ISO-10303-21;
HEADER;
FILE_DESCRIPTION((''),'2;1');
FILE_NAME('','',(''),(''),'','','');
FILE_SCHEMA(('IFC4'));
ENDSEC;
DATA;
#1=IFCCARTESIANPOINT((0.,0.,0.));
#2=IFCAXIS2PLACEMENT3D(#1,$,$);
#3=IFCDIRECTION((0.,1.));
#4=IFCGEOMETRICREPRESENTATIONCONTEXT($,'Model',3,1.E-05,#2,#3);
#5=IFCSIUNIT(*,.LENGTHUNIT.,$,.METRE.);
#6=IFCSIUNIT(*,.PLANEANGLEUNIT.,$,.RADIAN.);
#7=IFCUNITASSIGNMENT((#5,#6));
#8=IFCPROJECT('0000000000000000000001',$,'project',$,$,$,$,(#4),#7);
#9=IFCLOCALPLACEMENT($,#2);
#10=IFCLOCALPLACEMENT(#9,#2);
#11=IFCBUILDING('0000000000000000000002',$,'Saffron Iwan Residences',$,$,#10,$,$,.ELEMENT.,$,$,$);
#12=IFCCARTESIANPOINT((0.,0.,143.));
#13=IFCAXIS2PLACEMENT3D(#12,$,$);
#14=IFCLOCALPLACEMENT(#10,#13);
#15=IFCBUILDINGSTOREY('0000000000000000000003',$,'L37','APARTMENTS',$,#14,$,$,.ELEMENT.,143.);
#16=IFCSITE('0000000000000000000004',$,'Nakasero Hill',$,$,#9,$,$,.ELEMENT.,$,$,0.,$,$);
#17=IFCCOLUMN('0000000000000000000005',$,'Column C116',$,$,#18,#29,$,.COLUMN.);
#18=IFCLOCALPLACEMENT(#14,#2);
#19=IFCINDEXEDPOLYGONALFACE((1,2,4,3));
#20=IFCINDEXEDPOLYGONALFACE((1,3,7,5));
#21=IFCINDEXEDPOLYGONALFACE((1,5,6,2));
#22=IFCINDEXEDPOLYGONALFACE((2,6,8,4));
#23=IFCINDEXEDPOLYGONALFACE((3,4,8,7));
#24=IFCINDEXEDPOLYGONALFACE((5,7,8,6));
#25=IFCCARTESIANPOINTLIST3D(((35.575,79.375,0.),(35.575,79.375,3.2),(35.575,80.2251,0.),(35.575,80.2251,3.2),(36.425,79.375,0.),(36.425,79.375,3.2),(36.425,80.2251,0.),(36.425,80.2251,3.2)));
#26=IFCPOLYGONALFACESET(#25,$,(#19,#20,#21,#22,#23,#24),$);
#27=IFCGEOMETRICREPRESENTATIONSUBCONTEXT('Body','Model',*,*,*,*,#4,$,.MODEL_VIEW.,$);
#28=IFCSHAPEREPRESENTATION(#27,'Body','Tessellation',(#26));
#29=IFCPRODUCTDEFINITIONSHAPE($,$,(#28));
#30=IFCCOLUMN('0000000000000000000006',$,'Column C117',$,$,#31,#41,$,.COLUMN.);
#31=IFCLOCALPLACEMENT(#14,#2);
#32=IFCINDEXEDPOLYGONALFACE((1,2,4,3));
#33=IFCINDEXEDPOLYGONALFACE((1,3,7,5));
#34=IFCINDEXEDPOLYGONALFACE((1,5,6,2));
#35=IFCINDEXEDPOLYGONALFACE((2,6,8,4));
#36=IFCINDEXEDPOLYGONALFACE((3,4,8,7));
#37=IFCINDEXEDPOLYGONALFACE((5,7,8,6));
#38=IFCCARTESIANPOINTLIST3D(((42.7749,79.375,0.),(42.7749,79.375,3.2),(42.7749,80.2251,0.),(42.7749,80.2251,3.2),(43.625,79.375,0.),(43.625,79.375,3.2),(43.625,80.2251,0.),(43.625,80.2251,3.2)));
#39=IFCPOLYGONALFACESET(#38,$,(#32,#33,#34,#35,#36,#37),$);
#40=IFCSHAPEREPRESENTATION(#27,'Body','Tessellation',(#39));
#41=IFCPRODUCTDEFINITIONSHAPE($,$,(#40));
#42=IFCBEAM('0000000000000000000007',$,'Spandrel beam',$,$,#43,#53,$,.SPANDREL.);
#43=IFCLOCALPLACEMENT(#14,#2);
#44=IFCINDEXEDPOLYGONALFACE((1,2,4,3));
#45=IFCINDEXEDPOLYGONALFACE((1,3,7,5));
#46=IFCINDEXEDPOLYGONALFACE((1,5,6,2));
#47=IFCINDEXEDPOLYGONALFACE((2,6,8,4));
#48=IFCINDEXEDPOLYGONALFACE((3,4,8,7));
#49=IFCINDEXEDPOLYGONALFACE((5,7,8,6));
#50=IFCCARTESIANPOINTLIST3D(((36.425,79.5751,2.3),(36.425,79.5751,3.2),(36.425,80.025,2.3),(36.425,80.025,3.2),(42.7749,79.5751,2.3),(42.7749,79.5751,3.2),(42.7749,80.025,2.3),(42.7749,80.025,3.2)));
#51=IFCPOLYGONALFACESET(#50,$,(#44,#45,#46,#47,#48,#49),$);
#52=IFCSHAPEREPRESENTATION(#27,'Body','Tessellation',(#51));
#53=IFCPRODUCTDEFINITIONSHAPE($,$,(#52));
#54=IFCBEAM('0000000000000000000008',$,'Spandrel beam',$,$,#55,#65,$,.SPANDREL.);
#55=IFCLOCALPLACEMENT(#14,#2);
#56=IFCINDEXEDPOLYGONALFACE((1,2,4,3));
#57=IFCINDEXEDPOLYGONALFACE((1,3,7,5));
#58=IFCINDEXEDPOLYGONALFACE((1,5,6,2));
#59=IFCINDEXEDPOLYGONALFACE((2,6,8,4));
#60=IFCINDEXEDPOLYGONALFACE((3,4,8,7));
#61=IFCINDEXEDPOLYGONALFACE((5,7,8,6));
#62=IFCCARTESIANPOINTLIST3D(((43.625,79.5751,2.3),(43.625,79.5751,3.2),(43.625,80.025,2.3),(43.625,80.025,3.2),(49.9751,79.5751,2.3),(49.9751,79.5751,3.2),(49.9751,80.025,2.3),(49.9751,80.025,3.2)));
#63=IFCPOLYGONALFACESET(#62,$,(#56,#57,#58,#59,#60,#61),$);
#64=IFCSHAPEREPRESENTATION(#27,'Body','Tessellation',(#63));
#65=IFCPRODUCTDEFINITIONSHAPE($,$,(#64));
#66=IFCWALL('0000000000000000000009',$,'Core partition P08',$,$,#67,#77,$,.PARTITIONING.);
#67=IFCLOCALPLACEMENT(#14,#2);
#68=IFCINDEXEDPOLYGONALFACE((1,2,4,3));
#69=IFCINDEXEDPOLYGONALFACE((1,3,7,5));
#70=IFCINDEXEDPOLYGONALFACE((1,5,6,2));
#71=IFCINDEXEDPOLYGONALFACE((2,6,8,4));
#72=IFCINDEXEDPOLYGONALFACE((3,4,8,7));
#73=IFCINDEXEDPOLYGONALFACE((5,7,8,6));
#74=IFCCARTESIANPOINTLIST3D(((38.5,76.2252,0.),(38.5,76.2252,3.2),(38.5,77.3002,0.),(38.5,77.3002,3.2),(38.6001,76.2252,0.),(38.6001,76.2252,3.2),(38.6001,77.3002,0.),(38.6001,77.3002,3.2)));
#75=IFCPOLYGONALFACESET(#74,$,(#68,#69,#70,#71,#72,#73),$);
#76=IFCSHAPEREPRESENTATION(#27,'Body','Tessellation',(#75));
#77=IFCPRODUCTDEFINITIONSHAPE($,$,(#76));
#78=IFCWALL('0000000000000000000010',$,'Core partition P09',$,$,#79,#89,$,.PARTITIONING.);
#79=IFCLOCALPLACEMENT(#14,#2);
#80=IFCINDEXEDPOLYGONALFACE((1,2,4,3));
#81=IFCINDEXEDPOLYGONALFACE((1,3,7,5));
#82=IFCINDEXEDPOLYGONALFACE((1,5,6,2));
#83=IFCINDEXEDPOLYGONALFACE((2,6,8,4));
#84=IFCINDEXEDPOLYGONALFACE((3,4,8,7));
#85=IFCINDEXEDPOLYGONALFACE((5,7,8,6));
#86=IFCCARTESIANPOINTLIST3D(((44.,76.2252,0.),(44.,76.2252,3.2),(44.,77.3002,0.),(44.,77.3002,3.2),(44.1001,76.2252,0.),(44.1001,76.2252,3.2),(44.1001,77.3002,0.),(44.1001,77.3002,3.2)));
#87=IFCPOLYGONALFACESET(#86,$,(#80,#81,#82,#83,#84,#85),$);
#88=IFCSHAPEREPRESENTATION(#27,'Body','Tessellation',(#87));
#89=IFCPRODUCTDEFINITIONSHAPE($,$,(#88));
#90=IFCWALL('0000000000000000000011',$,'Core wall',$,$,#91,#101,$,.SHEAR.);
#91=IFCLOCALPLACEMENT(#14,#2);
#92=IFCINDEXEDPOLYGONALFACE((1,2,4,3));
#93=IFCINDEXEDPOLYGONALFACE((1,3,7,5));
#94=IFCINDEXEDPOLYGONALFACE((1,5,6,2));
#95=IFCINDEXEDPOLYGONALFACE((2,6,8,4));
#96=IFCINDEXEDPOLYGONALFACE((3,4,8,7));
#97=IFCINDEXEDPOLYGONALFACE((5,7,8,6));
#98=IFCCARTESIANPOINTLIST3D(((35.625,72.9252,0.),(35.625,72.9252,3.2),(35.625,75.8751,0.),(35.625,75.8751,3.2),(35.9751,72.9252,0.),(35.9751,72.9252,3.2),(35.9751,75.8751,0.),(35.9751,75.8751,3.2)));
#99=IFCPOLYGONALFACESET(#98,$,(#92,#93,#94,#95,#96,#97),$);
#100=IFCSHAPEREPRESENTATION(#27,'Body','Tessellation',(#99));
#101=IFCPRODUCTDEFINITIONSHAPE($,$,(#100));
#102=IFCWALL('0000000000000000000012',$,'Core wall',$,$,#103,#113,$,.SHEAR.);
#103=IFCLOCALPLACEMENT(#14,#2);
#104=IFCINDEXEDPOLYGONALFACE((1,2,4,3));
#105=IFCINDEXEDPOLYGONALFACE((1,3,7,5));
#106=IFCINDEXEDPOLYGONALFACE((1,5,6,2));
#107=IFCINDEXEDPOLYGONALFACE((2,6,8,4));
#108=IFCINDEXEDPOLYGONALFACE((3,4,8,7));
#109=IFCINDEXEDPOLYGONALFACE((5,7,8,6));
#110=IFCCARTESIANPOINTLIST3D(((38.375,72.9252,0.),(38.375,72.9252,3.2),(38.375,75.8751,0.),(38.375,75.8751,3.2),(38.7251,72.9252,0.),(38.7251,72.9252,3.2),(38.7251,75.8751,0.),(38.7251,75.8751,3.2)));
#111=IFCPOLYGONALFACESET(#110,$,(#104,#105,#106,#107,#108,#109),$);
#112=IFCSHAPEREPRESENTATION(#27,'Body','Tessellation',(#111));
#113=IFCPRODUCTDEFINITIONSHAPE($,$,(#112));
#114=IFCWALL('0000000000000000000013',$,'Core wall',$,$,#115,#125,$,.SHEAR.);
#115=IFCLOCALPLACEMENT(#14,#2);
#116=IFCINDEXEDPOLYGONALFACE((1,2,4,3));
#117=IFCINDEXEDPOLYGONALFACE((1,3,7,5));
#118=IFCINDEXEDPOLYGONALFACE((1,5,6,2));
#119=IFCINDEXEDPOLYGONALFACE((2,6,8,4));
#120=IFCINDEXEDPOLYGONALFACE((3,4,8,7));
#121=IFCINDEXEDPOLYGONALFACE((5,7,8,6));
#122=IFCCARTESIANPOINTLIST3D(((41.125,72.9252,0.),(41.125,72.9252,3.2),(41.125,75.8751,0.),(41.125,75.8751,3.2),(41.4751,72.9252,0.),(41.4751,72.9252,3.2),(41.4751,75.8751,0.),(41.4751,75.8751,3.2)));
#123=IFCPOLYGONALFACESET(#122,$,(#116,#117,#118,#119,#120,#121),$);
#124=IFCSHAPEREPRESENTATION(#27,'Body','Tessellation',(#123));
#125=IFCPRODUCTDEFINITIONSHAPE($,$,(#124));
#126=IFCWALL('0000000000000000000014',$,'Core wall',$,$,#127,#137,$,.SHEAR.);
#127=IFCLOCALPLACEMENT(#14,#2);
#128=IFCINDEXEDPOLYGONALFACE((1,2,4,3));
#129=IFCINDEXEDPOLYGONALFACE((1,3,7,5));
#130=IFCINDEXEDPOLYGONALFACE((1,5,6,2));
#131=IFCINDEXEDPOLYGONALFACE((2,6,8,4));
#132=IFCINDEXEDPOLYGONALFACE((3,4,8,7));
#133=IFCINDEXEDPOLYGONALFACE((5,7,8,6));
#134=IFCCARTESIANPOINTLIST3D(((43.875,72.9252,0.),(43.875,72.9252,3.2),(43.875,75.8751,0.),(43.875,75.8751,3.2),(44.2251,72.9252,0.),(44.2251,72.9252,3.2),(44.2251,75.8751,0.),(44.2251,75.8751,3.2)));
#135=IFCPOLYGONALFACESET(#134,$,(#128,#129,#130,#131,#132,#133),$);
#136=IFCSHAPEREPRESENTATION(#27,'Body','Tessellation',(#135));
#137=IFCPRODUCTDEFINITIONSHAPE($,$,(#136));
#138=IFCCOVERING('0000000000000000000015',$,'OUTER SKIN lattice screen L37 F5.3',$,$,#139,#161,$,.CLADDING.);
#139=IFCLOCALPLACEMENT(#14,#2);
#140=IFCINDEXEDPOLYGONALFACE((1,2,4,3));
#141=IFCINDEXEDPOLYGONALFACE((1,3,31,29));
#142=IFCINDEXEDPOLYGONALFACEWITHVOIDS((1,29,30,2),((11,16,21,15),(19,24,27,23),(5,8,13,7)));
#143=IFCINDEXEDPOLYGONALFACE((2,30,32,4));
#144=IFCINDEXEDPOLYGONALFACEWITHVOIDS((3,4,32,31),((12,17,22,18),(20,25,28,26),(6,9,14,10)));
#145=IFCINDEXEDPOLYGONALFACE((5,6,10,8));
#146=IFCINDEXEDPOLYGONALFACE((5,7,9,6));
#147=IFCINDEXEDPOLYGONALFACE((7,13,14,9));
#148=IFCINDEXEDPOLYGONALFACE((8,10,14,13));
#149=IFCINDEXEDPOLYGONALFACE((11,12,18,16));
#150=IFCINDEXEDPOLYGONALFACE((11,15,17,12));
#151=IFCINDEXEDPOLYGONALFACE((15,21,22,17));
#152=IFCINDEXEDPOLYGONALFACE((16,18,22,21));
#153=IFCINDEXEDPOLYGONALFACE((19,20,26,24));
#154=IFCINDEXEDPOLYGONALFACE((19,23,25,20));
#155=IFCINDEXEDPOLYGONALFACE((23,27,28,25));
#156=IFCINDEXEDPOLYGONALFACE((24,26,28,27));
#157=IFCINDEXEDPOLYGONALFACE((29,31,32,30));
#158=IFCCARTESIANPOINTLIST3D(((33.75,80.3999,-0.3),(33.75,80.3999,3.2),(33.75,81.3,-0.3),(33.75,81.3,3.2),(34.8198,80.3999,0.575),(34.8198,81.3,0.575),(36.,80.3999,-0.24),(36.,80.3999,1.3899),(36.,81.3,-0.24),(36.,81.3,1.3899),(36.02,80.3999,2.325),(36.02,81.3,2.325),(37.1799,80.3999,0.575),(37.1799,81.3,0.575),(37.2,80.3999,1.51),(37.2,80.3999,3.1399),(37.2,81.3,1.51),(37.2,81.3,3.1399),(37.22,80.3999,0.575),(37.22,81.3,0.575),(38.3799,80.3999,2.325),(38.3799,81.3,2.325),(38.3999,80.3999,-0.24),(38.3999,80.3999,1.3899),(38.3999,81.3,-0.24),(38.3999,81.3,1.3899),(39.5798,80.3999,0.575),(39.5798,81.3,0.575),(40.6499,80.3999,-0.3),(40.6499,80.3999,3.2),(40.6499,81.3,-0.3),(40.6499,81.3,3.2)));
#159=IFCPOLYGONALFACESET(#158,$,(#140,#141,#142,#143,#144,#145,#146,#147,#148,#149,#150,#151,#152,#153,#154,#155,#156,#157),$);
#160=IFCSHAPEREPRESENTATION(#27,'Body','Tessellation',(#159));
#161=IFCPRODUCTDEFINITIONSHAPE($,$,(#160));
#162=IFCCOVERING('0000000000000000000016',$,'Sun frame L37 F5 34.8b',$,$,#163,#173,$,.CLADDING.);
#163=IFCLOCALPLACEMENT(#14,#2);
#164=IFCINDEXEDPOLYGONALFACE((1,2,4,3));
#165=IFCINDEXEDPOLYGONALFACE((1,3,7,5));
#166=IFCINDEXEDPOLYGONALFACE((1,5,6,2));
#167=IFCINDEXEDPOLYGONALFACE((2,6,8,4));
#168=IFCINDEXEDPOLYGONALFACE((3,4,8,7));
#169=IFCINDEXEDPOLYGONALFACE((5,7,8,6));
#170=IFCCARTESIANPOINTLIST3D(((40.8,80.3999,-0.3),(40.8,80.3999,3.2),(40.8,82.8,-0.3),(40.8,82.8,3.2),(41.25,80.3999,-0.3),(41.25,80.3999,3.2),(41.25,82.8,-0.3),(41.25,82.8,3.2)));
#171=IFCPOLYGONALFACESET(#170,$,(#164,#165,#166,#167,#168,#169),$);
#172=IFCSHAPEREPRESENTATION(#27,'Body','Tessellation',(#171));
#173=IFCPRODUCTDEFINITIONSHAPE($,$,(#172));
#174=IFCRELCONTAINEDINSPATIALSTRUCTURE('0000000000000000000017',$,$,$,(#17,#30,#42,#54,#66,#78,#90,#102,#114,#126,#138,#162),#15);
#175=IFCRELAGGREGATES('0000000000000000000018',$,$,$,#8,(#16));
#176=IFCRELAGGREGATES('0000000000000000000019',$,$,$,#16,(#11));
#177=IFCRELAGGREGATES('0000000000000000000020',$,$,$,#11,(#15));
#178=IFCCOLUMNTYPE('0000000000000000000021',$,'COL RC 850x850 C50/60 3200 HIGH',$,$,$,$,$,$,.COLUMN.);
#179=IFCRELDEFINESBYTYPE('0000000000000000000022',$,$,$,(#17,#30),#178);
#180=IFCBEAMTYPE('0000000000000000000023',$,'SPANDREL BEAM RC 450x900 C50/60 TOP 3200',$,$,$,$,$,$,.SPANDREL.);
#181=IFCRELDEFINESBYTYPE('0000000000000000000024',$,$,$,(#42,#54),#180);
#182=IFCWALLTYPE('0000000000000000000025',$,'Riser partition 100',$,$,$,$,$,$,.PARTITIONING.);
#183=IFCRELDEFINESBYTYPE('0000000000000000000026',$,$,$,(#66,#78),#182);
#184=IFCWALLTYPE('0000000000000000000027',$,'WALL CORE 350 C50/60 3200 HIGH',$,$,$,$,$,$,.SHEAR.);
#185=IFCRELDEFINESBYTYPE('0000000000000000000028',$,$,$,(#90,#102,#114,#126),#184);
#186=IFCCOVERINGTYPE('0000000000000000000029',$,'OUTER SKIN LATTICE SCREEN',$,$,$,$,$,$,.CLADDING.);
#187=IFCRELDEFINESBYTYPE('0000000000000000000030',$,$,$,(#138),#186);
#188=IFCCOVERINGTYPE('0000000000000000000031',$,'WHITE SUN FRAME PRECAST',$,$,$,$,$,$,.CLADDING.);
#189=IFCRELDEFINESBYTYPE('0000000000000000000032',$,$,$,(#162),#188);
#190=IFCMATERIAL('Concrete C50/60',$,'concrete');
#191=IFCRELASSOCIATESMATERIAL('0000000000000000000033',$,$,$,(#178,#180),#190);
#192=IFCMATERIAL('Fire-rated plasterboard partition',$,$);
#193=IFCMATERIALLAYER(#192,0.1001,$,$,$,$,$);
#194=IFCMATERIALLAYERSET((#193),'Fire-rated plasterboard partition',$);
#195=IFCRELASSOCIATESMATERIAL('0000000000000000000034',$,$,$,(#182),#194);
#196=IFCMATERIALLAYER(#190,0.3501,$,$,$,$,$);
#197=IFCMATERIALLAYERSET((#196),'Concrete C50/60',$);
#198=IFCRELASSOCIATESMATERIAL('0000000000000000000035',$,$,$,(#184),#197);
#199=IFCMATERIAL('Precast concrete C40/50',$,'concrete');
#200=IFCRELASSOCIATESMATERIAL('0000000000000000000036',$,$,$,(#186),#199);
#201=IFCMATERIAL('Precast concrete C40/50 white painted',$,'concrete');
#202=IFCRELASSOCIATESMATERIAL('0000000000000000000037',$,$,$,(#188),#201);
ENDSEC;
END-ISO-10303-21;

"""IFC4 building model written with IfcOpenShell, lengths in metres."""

from ifc_helpers import new_model, si_unit, direction, frame, frame_2d, origin, origin_2d, place, context, subcontext, project, spatial, polyline, rectangle, outline, extrude, source, transform, mapped, material, layer, layer_set, material_profile, profile_set, type_object, element, save


model = new_model("IFC4")

# Units and contexts
model_context = context("Model", 3, precision=1e-05, world=origin(), true_north=direction((0.0, 1.0)))
body_context = subcontext(model_context, "Body", "Model", "MODEL_VIEW")
ifc_project = project(units=[si_unit("LENGTHUNIT", "METRE"), si_unit("PLANEANGLEUNIT", "RADIAN")], contexts=[model_context])

# Site, building, storey
site_placement = place(None, origin())
site = spatial("IfcSite", under=ifc_project, at=site_placement, Name="Nakasero Hill", CompositionType="ELEMENT", RefElevation=0.0)
building_placement = place(site_placement, origin())
building = spatial("IfcBuilding", under=site, at=building_placement, Name="Saffron Iwan Residences", CompositionType="ELEMENT")
storey_placement = place(building_placement, frame((0.0, 0.0, 143.0)))
storey = spatial("IfcBuildingStorey", under=building, at=storey_placement, Name="L37", Description="APARTMENTS", CompositionType="ELEMENT", Elevation=143.0)

# Columns
ifc_material_1 = material(Name="Concrete C50/60", Category="concrete")
ifc_material_profile_1 = material_profile(ifc_material_1, rectangle(XDim=0.8501, YDim=0.8501, at=origin_2d()), Name="RC 850x850")
ifc_profile_set_1 = profile_set([ifc_material_profile_1], Name="Concrete C50/60")
column_type = type_object("IfcColumnType", Name="COL RC 850x850 C50/60 3200 HIGH", PredefinedType="COLUMN", material=ifc_profile_set_1)
shared_shape_1 = source(origin(), body_context, "Body", "SweptSolid", [
    extrude(rectangle(XDim=0.8501, YDim=0.8501, at=origin_2d()), origin(), (0.0, 0.0, 1.0), 3.2),
])
for number, where, z_axis, x_axis, name in (
    (1, (36.0, 79.8, 0.0), (0.0, 0.0, 1.0), (1.0, 0.0, 0.0), "Column C116"),
    (2, (43.2, 79.8, 0.0), (0.0, 0.0, 1.0), (1.0, 0.0, 0.0), "Column C117"),
):
    element("IfcColumn", number, at=place(storey_placement, frame(where, z_axis=z_axis, x_axis=x_axis)), inside=storey, type_object=column_type, Name=name, PredefinedType="COLUMN", context=body_context, shape_type="MappedRepresentation", body=[
        mapped(shared_shape_1, transform((0.0, 0.0, 0.0))),
    ])

# Beams
ifc_material_profile_2 = material_profile(ifc_material_1, rectangle(XDim=0.45, YDim=0.8999, at=origin_2d()), Name="RC 450x900")
ifc_profile_set_2 = profile_set([ifc_material_profile_2], Name="Concrete C50/60")
beam_type = type_object("IfcBeamType", Name="SPANDREL BEAM RC 450x900 C50/60 TOP 3200", PredefinedType="SPANDREL", material=ifc_profile_set_2)
shared_shape_2 = source(origin(), body_context, "Body", "SweptSolid", [
    extrude(rectangle(XDim=0.45, YDim=0.8999, at=origin_2d()), origin(), (0.0, 0.0, 1.0), 6.3499),
])
beam_1_placement = place(storey_placement, frame((36.425, 79.8, 2.75), z_axis=(1.0, 0.0, 0.0), x_axis=(0.0, 1.0, 0.0)))
element("IfcBeam", 3, at=beam_1_placement, inside=storey, type_object=beam_type, Name="Spandrel beam", PredefinedType="SPANDREL", context=body_context, shape_type="MappedRepresentation", body=[
    mapped(shared_shape_2, transform((0.0, 0.0, 0.0))),
])
shared_shape_3 = source(origin(), body_context, "Body", "SweptSolid", [
    extrude(rectangle(XDim=0.45, YDim=0.8999, at=origin_2d()), origin(), (0.0, 0.0, 1.0), 6.3501),
])
beam_2_placement = place(storey_placement, frame((43.625, 79.8, 2.75), z_axis=(1.0, 0.0, 0.0), x_axis=(0.0, 1.0, 0.0)))
element("IfcBeam", 4, at=beam_2_placement, inside=storey, type_object=beam_type, Name="Spandrel beam", PredefinedType="SPANDREL", context=body_context, shape_type="MappedRepresentation", body=[
    mapped(shared_shape_3, transform((0.0, 0.0, 0.0))),
])

# Walls
ifc_material_2 = material(Name="Fire-rated plasterboard partition")
ifc_layer_1 = layer(ifc_material_2, 0.1001)
ifc_layer_set_1 = layer_set([ifc_layer_1], Name="Fire-rated plasterboard partition")
wall_type_1 = type_object("IfcWallType", Name="Riser partition 100", PredefinedType="PARTITIONING", material=ifc_layer_set_1)
for number, where, z_axis, x_axis, name in (
    (5, (38.55, 76.2251, 0.0), (0.0, 0.0, 1.0), (0.0, 1.0, 0.0), "Core partition P08"),
    (6, (44.05, 76.2251, 0.0), (0.0, 0.0, 1.0), (0.0, 1.0, 0.0), "Core partition P09"),
):
    element("IfcWall", number, at=place(storey_placement, frame(where, z_axis=z_axis, x_axis=x_axis)), inside=storey, type_object=wall_type_1, Name=name, PredefinedType="PARTITIONING", context=body_context, shape_type="SweptSolid", body=[
        extrude(rectangle(XDim=1.075, YDim=0.1001, at=frame_2d((0.5376, 0.0))), origin(), (0.0, 0.0, 1.0), 3.2),
    ])
ifc_layer_2 = layer(ifc_material_1, 0.3501)
ifc_layer_set_2 = layer_set([ifc_layer_2], Name="Concrete C50/60")
wall_type_2 = type_object("IfcWallType", Name="WALL CORE 350 C50/60 3200 HIGH", PredefinedType="SHEAR", material=ifc_layer_set_2)
for number, where, z_axis, x_axis, name in (
    (7, (35.8, 72.925, 0.0), (0.0, 0.0, 1.0), (0.0, 1.0, 0.0), "Core wall"),
    (8, (38.55, 72.925, 0.0), (0.0, 0.0, 1.0), (0.0, 1.0, 0.0), "Core wall"),
    (9, (41.3, 72.925, 0.0), (0.0, 0.0, 1.0), (0.0, 1.0, 0.0), "Core wall"),
    (10, (44.05, 72.925, 0.0), (0.0, 0.0, 1.0), (0.0, 1.0, 0.0), "Core wall"),
):
    element("IfcWall", number, at=place(storey_placement, frame(where, z_axis=z_axis, x_axis=x_axis)), inside=storey, type_object=wall_type_2, Name=name, PredefinedType="SHEAR", context=body_context, shape_type="SweptSolid", body=[
        extrude(rectangle(XDim=2.95, YDim=0.3501, at=frame_2d((1.4751, 0.0))), origin(), (0.0, 0.0, 1.0), 3.2),
    ])

# Coverings
ifc_material_3 = material(Name="Precast concrete C40/50", Category="concrete")
covering_type_1 = type_object("IfcCoveringType", Name="OUTER SKIN LATTICE SCREEN", PredefinedType="CLADDING", material=ifc_material_3)
covering_1_placement = place(storey_placement, frame((40.6499, 80.3999, -0.3), z_axis=(0.0, 1.0, 0.0), x_axis=(-1.0, 0.0, 0.0)))
element("IfcCovering", 11, at=covering_1_placement, inside=storey, type_object=covering_type_1, Name="OUTER SKIN lattice screen L37 F5.3", PredefinedType="CLADDING", context=body_context, shape_type="SweptSolid", body=[
    extrude(outline(polyline([(0.0, 0.0), (6.8999, 0.0), (6.8999, 3.5), (0.0, 3.5), (0.0, 0.0)]), holes=[polyline([(1.0701, 0.875), (2.25, 0.0601), (3.4299, 0.875), (2.25, 1.6899), (1.0701, 0.875)]), polyline([(3.47, 0.875), (4.6499, 0.0601), (5.8301, 0.875), (4.6499, 1.6899), (3.47, 0.875)]), polyline([(2.27, 2.625), (3.45, 1.8101), (4.6299, 2.625), (3.45, 3.4399), (2.27, 2.625)])]), origin(), (0.0, 0.0, 1.0), 0.9001),
])
ifc_material_4 = material(Name="Precast concrete C40/50 white painted", Category="concrete")
covering_type_2 = type_object("IfcCoveringType", Name="WHITE SUN FRAME PRECAST", PredefinedType="CLADDING", material=ifc_material_4)
covering_2_placement = place(storey_placement, frame((41.25, 80.3999, -0.3), z_axis=(0.0, 1.0, 0.0), x_axis=(-1.0, 0.0, 0.0)))
element("IfcCovering", 12, at=covering_2_placement, inside=storey, type_object=covering_type_2, Name="Sun frame L37 F5 34.8b", PredefinedType="CLADDING", context=body_context, shape_type="SweptSolid", body=[
    extrude(outline(polyline([(0.0, 0.0), (0.45, 0.0), (0.45, 3.5), (0.0, 3.5), (0.0, 0.0)])), origin(), (0.0, 0.0, 1.0), 2.4001),
])

save(model, "model.ifc")
